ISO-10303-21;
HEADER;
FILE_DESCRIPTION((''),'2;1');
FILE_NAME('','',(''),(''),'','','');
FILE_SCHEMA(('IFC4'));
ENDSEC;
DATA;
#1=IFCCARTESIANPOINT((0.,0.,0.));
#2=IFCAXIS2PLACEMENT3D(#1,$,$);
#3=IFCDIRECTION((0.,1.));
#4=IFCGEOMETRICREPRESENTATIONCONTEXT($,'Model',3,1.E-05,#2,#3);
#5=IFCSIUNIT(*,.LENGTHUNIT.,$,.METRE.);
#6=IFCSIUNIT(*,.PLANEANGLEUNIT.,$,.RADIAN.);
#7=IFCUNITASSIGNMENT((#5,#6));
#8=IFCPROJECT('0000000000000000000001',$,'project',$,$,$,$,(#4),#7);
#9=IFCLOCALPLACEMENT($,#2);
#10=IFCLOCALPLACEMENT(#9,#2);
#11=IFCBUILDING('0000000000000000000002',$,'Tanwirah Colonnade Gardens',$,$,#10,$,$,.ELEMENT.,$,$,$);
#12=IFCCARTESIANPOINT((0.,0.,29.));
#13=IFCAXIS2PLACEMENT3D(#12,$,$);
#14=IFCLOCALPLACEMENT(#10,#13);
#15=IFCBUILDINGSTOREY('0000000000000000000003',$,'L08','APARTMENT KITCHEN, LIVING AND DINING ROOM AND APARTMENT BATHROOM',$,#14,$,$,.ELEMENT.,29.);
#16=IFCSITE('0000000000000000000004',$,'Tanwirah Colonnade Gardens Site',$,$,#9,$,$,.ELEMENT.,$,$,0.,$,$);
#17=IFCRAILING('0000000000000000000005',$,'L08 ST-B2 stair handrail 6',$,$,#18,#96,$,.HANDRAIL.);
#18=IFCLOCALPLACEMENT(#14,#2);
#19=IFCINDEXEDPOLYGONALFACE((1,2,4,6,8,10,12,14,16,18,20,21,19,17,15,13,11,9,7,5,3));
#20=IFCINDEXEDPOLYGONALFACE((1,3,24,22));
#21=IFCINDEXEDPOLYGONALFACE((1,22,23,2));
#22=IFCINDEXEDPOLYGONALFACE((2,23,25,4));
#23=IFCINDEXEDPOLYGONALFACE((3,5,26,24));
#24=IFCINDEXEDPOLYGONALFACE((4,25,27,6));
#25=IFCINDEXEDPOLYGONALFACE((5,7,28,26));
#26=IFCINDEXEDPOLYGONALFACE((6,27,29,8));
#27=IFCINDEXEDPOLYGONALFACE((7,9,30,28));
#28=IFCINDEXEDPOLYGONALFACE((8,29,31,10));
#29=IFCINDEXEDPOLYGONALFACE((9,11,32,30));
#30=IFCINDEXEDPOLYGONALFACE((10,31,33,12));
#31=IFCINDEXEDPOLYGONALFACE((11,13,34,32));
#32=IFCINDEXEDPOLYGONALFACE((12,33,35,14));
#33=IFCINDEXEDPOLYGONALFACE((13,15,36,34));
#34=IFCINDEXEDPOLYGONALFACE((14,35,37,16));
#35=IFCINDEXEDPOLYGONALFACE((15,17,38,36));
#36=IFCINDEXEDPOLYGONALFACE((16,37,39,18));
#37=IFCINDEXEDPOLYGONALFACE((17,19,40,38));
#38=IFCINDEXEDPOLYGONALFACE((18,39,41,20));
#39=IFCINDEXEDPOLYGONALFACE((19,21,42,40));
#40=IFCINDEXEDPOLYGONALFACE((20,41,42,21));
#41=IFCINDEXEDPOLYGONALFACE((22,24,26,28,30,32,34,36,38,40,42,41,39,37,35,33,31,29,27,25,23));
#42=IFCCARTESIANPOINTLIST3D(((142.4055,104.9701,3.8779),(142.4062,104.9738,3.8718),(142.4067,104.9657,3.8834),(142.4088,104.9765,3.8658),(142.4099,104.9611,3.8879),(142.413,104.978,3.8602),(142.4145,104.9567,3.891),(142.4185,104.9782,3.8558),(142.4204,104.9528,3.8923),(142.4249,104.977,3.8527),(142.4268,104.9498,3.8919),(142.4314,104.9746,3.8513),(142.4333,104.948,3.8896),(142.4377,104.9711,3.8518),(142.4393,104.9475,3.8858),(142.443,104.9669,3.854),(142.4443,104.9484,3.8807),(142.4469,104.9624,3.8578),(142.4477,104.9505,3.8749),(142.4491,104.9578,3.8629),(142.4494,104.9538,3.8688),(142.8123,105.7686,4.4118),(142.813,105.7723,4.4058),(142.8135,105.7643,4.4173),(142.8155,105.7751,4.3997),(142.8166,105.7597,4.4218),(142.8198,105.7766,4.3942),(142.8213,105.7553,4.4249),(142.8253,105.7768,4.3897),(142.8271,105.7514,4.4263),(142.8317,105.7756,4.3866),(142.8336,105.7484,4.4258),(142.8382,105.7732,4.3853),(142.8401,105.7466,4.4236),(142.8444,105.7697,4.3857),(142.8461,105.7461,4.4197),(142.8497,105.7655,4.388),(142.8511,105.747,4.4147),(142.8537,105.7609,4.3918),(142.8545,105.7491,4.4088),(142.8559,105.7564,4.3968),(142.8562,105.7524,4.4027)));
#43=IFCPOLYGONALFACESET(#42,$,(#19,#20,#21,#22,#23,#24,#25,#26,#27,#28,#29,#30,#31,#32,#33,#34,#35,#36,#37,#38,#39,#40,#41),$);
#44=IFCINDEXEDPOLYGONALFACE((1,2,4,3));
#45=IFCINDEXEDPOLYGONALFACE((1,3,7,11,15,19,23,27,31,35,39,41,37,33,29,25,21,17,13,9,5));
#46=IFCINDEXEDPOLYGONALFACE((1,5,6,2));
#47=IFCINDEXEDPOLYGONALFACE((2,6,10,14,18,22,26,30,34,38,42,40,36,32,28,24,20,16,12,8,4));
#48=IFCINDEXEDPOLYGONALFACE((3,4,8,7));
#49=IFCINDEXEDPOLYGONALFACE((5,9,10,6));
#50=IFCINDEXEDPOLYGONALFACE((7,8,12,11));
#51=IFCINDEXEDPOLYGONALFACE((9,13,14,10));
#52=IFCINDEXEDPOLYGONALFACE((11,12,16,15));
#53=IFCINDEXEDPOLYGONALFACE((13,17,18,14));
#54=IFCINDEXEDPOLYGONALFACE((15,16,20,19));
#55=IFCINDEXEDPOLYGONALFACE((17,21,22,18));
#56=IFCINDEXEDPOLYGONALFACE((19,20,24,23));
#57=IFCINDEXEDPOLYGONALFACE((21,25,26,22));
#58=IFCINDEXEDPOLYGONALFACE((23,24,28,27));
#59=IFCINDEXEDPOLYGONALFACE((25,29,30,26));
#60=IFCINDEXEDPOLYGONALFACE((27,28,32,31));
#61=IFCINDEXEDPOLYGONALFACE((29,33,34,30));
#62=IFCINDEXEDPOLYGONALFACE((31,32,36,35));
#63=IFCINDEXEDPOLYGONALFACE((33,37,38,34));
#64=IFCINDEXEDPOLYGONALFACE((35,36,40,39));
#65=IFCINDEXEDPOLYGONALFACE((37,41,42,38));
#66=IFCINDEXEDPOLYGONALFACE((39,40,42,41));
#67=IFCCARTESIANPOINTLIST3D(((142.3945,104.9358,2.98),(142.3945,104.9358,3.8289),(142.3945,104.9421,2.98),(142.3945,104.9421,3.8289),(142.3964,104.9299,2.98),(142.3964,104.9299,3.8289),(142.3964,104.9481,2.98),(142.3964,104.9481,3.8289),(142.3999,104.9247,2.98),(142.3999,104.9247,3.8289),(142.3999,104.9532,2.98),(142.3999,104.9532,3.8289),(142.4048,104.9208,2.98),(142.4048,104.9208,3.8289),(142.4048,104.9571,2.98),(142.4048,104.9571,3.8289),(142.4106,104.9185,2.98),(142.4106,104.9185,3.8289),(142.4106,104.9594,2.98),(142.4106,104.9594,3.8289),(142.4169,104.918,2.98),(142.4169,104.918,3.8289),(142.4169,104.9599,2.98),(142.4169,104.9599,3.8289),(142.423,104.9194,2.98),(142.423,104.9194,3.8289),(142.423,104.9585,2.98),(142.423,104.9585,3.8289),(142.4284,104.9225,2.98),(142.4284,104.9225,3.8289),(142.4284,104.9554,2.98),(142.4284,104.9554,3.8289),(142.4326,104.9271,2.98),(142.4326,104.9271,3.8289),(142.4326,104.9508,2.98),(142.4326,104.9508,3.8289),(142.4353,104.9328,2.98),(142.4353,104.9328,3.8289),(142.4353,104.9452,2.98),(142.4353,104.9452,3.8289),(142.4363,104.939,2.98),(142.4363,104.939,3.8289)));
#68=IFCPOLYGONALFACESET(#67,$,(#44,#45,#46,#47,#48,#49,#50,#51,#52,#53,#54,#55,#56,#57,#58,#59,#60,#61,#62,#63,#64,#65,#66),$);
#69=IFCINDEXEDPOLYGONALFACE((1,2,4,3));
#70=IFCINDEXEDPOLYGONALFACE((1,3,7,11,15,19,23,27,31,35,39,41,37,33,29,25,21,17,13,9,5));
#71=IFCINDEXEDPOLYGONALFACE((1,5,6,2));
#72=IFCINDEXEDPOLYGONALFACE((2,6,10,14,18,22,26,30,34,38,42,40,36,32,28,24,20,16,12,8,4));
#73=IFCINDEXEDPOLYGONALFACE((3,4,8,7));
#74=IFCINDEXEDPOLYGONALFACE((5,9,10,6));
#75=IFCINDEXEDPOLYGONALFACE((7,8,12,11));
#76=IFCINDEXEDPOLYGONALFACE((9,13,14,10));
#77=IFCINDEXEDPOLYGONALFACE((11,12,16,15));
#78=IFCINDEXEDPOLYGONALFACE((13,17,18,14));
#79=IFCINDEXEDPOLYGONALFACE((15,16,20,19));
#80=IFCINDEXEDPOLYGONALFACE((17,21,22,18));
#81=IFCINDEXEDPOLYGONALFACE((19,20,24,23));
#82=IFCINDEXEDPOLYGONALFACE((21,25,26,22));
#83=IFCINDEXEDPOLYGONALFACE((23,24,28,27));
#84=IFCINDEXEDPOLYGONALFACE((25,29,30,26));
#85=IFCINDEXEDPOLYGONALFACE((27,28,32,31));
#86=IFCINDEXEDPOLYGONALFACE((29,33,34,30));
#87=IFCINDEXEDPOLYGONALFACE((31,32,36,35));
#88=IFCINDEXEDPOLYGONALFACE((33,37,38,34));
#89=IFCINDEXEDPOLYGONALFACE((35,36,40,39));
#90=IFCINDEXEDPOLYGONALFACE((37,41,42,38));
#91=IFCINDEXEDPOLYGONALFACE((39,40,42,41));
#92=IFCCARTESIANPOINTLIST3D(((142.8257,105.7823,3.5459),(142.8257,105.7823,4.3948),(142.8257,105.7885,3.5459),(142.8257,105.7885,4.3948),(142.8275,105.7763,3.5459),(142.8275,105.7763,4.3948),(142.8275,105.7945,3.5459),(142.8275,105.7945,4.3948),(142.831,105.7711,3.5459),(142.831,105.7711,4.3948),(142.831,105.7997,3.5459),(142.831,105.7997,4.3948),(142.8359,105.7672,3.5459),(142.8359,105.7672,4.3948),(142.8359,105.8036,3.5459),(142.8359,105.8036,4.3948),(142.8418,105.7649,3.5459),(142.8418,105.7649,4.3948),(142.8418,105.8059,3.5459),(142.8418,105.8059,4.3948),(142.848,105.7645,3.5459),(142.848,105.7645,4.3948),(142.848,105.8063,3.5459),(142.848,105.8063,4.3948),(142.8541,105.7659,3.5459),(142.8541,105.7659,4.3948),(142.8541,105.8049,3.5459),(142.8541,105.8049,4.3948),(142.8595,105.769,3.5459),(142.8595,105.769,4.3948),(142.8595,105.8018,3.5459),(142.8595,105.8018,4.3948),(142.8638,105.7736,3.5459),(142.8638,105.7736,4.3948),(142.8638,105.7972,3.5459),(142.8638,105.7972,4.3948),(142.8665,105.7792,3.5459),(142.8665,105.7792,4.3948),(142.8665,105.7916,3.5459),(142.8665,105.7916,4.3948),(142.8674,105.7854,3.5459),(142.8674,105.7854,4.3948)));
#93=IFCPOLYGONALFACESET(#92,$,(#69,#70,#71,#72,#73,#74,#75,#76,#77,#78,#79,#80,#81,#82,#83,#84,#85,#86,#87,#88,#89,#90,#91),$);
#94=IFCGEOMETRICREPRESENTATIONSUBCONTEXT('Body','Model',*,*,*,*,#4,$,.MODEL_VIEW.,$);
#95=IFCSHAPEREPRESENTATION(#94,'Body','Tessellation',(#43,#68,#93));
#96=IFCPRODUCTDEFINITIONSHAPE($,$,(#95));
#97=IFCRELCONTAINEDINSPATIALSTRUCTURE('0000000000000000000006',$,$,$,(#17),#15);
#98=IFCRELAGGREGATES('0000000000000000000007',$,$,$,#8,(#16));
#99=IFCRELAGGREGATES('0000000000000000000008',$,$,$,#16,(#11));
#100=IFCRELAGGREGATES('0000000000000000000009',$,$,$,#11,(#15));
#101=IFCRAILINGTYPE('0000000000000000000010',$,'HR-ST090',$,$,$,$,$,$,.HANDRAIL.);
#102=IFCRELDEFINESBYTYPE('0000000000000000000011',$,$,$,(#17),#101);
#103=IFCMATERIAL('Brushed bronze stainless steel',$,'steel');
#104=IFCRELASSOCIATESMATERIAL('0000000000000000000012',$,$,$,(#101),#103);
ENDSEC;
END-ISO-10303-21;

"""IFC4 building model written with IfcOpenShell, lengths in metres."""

from ifc_helpers import new_model, si_unit, direction, frame, origin, origin_2d, place, context, subcontext, project, spatial, circle, extrude, material, type_object, element, save


model = new_model("IFC4")

# Units and contexts
model_context = context("Model", 3, precision=1e-05, world=origin(), true_north=direction((0.0, 1.0)))
body_context = subcontext(model_context, "Body", "Model", "MODEL_VIEW")
ifc_project = project(units=[si_unit("LENGTHUNIT", "METRE"), si_unit("PLANEANGLEUNIT", "RADIAN")], contexts=[model_context])

# Site, building, storey
site_placement = place(None, origin())
site = spatial("IfcSite", under=ifc_project, at=site_placement, Name="Tanwirah Colonnade Gardens Site", CompositionType="ELEMENT", RefElevation=0.0)
building_placement = place(site_placement, origin())
building = spatial("IfcBuilding", under=site, at=building_placement, Name="Tanwirah Colonnade Gardens", CompositionType="ELEMENT")
storey_placement = place(building_placement, frame((0.0, 0.0, 29.0)))
storey = spatial("IfcBuildingStorey", under=building, at=storey_placement, Name="L08", Description="APARTMENT KITCHEN, LIVING AND DINING ROOM AND APARTMENT BATHROOM", CompositionType="ELEMENT", Elevation=29.0)

# Railing
ifc_material_1 = material(Name="Brushed bronze stainless steel", Category="steel")
railing_type_1 = type_object("IfcRailingType", Name="HR-ST090", PredefinedType="HANDRAIL", material=ifc_material_1)
railing_1_placement = place(storey_placement, frame((142.4153, 104.939, 2.98)))
element("IfcRailing", 1, at=railing_1_placement, inside=storey, type_object=railing_type_1, Name="L08 ST-B2 stair handrail 6", PredefinedType="HANDRAIL", context=body_context, shape_type="SweptSolid", body=[
    extrude(circle(Radius=0.0239, at=origin_2d()), frame((0.0122, 0.0239, 0.8918), z_axis=(0.38993, 0.765509, 0.511811), x_axis=(-0.891061, 0.453883, 0.0)), (0.0, 0.0, 1.0), 1.0432),
    extrude(circle(Radius=0.021, at=origin_2d()), origin(), (0.0, 0.0, 1.0), 0.8489),
    extrude(circle(Radius=0.021, at=origin_2d()), frame((0.4312, 0.8464, 0.5659)), (0.0, 0.0, 1.0), 0.8489),
])

save(model, "model.ifc")
